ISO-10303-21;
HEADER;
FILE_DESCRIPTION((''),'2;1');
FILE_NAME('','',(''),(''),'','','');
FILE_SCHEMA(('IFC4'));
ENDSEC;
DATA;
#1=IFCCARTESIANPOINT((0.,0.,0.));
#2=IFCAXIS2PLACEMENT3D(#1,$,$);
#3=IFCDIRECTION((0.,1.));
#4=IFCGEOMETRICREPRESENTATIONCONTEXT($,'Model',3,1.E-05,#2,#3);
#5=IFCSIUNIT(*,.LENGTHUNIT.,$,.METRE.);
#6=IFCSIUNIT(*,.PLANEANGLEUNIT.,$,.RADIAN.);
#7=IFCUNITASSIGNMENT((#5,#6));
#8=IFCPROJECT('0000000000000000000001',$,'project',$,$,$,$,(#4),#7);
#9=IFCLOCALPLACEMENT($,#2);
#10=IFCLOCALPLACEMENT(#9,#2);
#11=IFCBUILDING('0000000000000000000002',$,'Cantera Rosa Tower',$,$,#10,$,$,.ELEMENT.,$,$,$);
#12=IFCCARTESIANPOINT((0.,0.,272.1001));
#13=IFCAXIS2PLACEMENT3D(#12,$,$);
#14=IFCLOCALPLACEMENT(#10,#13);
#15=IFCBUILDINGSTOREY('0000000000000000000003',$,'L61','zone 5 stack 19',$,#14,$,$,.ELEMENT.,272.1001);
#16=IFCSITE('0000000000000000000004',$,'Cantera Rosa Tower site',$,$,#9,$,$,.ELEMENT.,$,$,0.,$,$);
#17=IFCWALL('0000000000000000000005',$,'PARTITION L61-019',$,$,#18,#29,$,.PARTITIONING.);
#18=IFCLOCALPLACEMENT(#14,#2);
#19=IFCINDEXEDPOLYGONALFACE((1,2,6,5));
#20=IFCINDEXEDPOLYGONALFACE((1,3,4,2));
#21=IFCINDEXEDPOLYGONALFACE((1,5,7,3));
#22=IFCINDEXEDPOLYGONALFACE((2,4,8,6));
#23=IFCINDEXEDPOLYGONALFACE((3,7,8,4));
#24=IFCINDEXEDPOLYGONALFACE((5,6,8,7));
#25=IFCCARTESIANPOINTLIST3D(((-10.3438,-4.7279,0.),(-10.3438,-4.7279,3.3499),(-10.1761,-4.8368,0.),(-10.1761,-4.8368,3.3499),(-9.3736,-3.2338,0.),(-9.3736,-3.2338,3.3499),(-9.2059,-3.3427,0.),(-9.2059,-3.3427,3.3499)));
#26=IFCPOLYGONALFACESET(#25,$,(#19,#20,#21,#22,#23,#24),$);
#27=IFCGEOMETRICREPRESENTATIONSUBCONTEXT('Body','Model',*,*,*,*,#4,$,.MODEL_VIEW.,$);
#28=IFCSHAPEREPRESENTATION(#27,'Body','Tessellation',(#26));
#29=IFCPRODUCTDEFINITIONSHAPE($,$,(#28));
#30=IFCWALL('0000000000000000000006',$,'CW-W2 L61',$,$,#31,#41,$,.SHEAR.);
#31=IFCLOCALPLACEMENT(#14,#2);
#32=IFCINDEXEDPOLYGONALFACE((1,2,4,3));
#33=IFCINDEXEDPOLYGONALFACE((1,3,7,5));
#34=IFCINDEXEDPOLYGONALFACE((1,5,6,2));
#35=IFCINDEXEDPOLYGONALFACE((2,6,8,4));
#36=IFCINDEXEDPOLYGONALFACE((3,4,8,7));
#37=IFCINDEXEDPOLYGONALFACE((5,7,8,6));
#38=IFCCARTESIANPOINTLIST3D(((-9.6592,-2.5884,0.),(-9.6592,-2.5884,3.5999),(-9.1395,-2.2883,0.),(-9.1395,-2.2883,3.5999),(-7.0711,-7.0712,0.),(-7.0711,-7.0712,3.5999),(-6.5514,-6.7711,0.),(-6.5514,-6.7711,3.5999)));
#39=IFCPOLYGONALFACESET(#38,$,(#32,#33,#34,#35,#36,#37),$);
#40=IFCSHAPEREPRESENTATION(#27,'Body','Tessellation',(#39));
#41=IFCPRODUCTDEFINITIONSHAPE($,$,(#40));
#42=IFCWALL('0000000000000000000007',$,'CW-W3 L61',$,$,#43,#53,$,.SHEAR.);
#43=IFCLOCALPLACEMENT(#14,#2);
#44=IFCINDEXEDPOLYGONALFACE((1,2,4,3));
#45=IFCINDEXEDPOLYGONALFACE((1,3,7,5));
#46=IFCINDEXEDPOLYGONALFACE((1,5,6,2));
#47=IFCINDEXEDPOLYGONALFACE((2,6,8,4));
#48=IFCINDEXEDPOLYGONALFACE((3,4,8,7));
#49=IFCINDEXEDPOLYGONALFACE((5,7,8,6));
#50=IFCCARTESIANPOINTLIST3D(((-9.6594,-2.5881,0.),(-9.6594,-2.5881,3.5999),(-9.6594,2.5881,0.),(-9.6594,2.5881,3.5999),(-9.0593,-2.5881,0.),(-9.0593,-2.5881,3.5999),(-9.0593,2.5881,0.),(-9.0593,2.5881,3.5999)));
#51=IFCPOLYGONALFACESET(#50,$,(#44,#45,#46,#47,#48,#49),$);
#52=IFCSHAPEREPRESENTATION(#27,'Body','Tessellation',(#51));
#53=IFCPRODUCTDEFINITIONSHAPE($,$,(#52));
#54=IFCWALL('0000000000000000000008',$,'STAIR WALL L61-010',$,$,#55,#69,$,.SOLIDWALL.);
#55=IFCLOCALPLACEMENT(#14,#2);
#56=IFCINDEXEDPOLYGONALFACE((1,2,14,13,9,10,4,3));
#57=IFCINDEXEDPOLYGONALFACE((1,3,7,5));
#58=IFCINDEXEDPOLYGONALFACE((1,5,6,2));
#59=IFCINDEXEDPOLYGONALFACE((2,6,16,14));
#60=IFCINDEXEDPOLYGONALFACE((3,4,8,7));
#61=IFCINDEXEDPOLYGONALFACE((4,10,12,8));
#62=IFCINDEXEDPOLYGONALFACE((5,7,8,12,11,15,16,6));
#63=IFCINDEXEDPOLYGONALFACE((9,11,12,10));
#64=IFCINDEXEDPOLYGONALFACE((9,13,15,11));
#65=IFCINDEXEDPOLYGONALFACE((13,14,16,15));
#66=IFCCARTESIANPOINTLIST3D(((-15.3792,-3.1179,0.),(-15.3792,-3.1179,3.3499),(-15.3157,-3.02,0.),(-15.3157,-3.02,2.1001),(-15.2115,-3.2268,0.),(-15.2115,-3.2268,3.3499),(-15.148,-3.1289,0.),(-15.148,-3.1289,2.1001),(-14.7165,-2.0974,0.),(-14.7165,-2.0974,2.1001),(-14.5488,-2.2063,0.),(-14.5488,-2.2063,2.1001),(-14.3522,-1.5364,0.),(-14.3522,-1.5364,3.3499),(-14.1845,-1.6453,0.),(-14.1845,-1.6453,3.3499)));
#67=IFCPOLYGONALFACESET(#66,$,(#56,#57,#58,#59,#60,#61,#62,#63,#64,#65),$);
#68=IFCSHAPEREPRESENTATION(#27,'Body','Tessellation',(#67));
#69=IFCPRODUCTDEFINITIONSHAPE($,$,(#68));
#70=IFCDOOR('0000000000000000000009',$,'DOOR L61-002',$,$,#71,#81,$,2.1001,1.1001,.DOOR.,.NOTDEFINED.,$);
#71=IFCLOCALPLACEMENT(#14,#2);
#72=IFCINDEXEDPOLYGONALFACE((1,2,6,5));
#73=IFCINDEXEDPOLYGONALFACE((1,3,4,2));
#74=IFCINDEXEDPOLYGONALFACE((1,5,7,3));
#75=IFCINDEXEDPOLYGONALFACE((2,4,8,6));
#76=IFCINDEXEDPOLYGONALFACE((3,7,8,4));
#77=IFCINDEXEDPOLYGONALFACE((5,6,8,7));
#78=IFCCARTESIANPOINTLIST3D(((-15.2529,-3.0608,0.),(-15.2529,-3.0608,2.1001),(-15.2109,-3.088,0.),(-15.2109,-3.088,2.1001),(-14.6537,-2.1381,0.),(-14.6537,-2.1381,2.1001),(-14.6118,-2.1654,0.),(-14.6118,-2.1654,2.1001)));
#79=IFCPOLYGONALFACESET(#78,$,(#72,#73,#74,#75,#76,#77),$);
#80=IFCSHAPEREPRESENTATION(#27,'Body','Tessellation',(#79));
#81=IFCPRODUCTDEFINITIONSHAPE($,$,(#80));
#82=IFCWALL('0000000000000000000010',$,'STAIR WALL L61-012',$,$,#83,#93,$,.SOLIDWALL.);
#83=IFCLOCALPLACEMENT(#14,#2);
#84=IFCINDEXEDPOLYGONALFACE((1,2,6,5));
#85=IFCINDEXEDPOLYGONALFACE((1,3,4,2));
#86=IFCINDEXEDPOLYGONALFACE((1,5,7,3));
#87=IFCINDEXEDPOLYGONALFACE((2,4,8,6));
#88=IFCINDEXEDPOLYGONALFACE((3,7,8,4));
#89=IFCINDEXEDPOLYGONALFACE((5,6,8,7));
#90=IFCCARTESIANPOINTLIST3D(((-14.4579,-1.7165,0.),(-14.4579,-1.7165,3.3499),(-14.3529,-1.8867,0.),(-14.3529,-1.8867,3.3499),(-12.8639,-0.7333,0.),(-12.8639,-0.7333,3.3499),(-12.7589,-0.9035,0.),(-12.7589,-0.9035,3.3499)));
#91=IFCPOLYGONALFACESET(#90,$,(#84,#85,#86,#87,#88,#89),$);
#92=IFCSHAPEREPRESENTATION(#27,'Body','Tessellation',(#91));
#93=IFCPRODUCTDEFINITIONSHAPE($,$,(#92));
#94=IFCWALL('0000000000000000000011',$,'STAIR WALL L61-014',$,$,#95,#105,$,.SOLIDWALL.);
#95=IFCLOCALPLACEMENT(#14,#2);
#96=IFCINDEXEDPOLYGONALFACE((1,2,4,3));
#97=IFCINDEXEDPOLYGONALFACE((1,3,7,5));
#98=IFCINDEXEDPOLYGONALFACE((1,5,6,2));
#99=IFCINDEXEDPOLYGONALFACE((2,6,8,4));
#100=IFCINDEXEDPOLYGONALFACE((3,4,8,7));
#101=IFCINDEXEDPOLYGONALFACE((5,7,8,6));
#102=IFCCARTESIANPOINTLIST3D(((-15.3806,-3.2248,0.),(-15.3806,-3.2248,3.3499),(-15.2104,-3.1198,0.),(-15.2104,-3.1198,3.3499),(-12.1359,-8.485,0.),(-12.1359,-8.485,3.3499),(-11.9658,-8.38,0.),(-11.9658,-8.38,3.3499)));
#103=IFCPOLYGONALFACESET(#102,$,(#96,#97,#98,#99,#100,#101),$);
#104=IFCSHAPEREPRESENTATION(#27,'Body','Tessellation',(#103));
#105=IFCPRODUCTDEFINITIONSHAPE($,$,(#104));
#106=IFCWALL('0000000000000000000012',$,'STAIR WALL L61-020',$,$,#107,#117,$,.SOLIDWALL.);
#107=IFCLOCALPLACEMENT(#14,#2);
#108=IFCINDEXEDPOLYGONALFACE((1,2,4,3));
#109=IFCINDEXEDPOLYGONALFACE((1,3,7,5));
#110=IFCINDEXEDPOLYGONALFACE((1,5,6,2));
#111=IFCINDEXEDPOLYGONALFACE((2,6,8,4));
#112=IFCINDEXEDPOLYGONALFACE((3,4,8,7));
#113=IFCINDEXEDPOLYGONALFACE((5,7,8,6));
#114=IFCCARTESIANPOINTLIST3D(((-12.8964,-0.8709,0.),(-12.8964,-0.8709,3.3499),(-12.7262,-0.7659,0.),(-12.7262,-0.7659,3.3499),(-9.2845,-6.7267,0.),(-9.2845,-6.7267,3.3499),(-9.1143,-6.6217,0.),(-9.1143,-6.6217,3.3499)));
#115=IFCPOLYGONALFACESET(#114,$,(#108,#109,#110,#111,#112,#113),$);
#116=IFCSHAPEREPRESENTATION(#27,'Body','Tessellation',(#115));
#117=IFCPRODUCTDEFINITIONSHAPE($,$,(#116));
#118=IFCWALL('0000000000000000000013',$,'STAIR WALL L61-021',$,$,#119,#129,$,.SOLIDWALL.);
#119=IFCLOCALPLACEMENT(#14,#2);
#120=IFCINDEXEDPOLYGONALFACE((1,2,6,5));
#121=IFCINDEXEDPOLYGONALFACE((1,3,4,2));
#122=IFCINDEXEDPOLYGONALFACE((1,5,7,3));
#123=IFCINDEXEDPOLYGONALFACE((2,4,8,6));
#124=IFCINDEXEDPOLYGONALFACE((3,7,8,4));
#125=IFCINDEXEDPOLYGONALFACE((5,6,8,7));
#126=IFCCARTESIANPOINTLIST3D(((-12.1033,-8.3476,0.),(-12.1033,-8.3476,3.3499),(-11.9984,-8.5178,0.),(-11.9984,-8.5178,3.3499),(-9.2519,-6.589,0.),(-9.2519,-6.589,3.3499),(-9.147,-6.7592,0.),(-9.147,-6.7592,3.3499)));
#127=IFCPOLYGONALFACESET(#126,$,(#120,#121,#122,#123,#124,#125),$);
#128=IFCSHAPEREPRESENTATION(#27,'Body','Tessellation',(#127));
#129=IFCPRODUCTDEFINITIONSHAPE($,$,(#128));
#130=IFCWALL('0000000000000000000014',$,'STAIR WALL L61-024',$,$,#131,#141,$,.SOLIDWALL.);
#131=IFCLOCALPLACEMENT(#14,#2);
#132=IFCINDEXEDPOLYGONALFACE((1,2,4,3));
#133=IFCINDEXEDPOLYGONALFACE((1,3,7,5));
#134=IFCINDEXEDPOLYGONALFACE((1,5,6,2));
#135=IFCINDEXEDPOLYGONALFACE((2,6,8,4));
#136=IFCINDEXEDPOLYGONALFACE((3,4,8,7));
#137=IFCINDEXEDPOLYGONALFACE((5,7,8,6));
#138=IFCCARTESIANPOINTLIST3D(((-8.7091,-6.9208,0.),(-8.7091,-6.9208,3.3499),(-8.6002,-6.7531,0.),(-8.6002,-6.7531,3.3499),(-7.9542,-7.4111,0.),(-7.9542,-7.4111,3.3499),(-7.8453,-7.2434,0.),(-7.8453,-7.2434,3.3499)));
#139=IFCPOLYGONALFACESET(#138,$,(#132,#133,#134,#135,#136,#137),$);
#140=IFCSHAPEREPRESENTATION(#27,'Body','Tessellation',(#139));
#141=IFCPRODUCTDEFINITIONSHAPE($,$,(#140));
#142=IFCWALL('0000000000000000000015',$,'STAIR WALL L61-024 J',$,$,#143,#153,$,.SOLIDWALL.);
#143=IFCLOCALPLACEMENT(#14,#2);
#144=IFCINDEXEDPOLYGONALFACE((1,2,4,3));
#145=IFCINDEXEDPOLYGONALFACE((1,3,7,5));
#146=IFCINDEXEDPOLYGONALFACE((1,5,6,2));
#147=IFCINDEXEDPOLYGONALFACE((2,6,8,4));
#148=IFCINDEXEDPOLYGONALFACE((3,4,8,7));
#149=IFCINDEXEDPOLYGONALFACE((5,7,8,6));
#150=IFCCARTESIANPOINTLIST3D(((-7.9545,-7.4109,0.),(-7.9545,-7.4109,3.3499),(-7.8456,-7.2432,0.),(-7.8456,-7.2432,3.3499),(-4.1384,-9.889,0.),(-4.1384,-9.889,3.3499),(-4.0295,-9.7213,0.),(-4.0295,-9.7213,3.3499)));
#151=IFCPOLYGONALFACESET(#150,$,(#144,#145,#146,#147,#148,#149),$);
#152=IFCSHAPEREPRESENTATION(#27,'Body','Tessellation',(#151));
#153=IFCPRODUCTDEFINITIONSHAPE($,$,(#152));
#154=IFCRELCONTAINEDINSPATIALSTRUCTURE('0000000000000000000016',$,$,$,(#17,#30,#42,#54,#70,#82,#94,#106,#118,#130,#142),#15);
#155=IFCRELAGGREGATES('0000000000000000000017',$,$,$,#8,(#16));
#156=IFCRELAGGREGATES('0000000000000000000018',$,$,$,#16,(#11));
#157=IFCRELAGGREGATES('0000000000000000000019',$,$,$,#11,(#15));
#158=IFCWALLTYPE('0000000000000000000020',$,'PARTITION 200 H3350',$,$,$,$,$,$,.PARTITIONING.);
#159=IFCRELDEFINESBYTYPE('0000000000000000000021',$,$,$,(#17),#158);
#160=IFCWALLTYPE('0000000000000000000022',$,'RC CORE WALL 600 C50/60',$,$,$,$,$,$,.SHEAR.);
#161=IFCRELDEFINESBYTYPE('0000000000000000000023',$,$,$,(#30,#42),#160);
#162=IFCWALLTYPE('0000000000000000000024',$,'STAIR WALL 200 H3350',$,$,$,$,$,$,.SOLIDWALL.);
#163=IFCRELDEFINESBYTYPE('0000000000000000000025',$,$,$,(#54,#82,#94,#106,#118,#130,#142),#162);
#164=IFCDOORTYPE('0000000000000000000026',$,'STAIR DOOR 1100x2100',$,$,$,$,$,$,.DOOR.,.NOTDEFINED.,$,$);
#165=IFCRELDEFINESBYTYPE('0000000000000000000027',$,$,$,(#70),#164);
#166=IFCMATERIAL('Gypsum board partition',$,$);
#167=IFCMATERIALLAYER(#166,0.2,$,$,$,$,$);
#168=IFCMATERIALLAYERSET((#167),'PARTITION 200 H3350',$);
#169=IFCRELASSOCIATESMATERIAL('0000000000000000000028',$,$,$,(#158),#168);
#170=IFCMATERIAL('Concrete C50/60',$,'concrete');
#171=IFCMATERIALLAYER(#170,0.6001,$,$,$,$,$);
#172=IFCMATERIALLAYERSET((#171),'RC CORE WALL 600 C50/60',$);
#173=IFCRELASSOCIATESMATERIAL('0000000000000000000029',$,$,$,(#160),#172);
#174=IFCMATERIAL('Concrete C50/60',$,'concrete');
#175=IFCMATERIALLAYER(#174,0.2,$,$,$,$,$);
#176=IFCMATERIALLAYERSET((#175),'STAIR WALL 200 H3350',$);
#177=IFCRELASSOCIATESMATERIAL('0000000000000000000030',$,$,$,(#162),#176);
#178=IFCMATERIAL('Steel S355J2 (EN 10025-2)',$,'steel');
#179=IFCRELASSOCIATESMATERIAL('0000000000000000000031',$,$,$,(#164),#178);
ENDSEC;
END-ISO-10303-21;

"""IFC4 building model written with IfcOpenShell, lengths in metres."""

from ifc_helpers import new_model, si_unit, direction, frame, frame_2d, origin, place, context, subcontext, project, spatial, rectangle, extrude, material, layer, layer_set, type_object, element, fill, save


model = new_model("IFC4")

# Units and contexts
model_context = context("Model", 3, precision=1e-05, world=origin(), true_north=direction((0.0, 1.0)))
body_context = subcontext(model_context, "Body", "Model", "MODEL_VIEW")
ifc_project = project(units=[si_unit("LENGTHUNIT", "METRE"), si_unit("PLANEANGLEUNIT", "RADIAN")], contexts=[model_context])

# Site, building, storey
site_placement = place(None, origin())
site = spatial("IfcSite", under=ifc_project, at=site_placement, Name="Cantera Rosa Tower site", CompositionType="ELEMENT", RefElevation=0.0)
building_placement = place(site_placement, origin())
building = spatial("IfcBuilding", under=site, at=building_placement, Name="Cantera Rosa Tower", CompositionType="ELEMENT")
storey_placement = place(building_placement, frame((0.0, 0.0, 272.1001)))
storey = spatial("IfcBuildingStorey", under=building, at=storey_placement, Name="L61", Description="zone 5 stack 19", CompositionType="ELEMENT", Elevation=272.1001)

# Walls
ifc_material_1 = material(Name="Gypsum board partition")
ifc_layer_1 = layer(ifc_material_1, 0.2)
ifc_layer_set_1 = layer_set([ifc_layer_1], Name="PARTITION 200 H3350")
wall_type_1 = type_object("IfcWallType", Name="PARTITION 200 H3350", PredefinedType="PARTITIONING", material=ifc_layer_set_1)
wall_1_placement = place(storey_placement, frame((-9.2898, -3.2883, 0.0), z_axis=(0.0, 0.0, 1.0), x_axis=(-0.544603, -0.838694, 0.0)))
element("IfcWall", 1, at=wall_1_placement, inside=storey, type_object=wall_type_1, Name="PARTITION L61-019", PredefinedType="PARTITIONING", context=body_context, shape_type="SweptSolid", body=[
    extrude(rectangle(XDim=1.7815, YDim=0.2, at=frame_2d((0.8906, 0.0))), origin(), (0.0, 0.0, 1.0), 3.3499),
])
ifc_material_2 = material(Name="Concrete C50/60", Category="concrete")
ifc_layer_2 = layer(ifc_material_2, 0.6001)
ifc_layer_set_2 = layer_set([ifc_layer_2], Name="RC CORE WALL 600 C50/60")
wall_type_2 = type_object("IfcWallType", Name="RC CORE WALL 600 C50/60", PredefinedType="SHEAR", material=ifc_layer_set_2)
for number, where, z_axis, x_axis, name in (
    (2, (-6.8113, -6.9211, 0.0), (0.0, 0.0, 1.0), (-0.499989, 0.866032, 0.0), "CW-W2 L61"),
    (3, (-9.3594, -2.5881, 0.0), (0.0, 0.0, 1.0), (0.0, 1.0, 0.0), "CW-W3 L61"),
):
    element("IfcWall", number, at=place(storey_placement, frame(where, z_axis=z_axis, x_axis=x_axis)), inside=storey, type_object=wall_type_2, Name=name, PredefinedType="SHEAR", context=body_context, shape_type="SweptSolid", body=[
        extrude(rectangle(XDim=5.1763, YDim=0.6001, at=frame_2d((2.5881, 0.0))), origin(), (0.0, 0.0, 1.0), 3.5999),
    ])

# Wall, opening, door
ifc_material_3 = material(Name="Concrete C50/60", Category="concrete")
ifc_layer_3 = layer(ifc_material_3, 0.2)
ifc_layer_set_3 = layer_set([ifc_layer_3], Name="STAIR WALL 200 H3350")
wall_type_3 = type_object("IfcWallType", Name="STAIR WALL 200 H3350", PredefinedType="SOLIDWALL", material=ifc_layer_set_3)
wall_2_placement = place(storey_placement, frame((-14.2683, -1.5908, 0.0), z_axis=(0.0, 0.0, 1.0), x_axis=(-0.544652, -0.838662, 0.0)))
wall_2 = element("IfcWall", 4, at=wall_2_placement, inside=storey, type_object=wall_type_3, Name="STAIR WALL L61-010", PredefinedType="SOLIDWALL", context=body_context, shape_type="SweptSolid", body=[
    extrude(rectangle(XDim=1.8857, YDim=0.2, at=frame_2d((0.9429, 0.0))), origin(), (0.0, 0.0, 1.0), 3.3499),
])
opening_placement = place(wall_2_placement, frame((0.6689, 0.0, 0.0)))
opening = element("IfcOpeningElement", 5, at=opening_placement, cuts=wall_2, PredefinedType="OPENING", context=body_context, shape_type="SweptSolid", body=[
    extrude(rectangle(XDim=1.1001, YDim=2.1001, at=frame_2d((0.55, 1.05))), frame((0.0, 0.1099, 0.0), z_axis=(0.0, -1.0, 0.0), x_axis=(1.0, 0.0, 0.0)), (0.0, 0.0, 1.0), 0.22),
])
ifc_material_4 = material(Name="Steel S355J2 (EN 10025-2)", Category="steel")
door_type = type_object("IfcDoorType", Name="STAIR DOOR 1100x2100", OperationType="NOTDEFINED", PredefinedType="DOOR", material=ifc_material_4)
door_placement = place(opening_placement, origin())
door = element("IfcDoor", 6, at=door_placement, inside=storey, type_object=door_type, Name="DOOR L61-002", OperationType="NOTDEFINED", OverallHeight=2.1001, OverallWidth=1.1001, PredefinedType="DOOR", context=body_context, shape_type="SweptSolid", body=[
    extrude(rectangle(XDim=1.1001, YDim=2.1001, at=frame_2d((0.55, 1.05))), frame((0.0, 0.0249, 0.0), z_axis=(0.0, -1.0, 0.0), x_axis=(1.0, 0.0, 0.0)), (0.0, 0.0, 1.0), 0.05),
])
fill(opening, door)

# Walls
wall_3_placement = place(storey_placement, frame((-12.8113, -0.8184, 0.0), z_axis=(0.0, 0.0, 1.0), x_axis=(-0.851125, -0.524963, 0.0)))
element("IfcWall", 7, at=wall_3_placement, inside=storey, type_object=wall_type_3, Name="STAIR WALL L61-012", PredefinedType="SOLIDWALL", context=body_context, shape_type="SweptSolid", body=[
    extrude(rectangle(XDim=1.8728, YDim=0.2, at=frame_2d((0.9365, 0.0))), origin(), (0.0, 0.0, 1.0), 3.3499),
])
wall_4_placement = place(storey_placement, frame((-12.0508, -8.4326, 0.0), z_axis=(0.0, 0.0, 1.0), x_axis=(-0.524983, 0.851113, 0.0)))
element("IfcWall", 8, at=wall_4_placement, inside=storey, type_object=wall_type_3, Name="STAIR WALL L61-014", PredefinedType="SOLIDWALL", context=body_context, shape_type="SweptSolid", body=[
    extrude(rectangle(XDim=6.1804, YDim=0.2, at=frame_2d((3.0903, 0.0))), origin(), (0.0, 0.0, 1.0), 3.3499),
])
wall_5_placement = place(storey_placement, frame((-9.1995, -6.6741, 0.0), z_axis=(0.0, 0.0, 1.0), x_axis=(-0.524972, 0.851119, 0.0)))
element("IfcWall", 9, at=wall_5_placement, inside=storey, type_object=wall_type_3, Name="STAIR WALL L61-020", PredefinedType="SOLIDWALL", context=body_context, shape_type="SweptSolid", body=[
    extrude(rectangle(XDim=6.8801, YDim=0.2, at=frame_2d((3.4399, 0.0))), origin(), (0.0, 0.0, 1.0), 3.3499),
])
wall_6_placement = place(storey_placement, frame((-9.1995, -6.6741, 0.0), z_axis=(0.0, 0.0, 1.0), x_axis=(-0.85114, -0.524939, 0.0)))
element("IfcWall", 10, at=wall_6_placement, inside=storey, type_object=wall_type_3, Name="STAIR WALL L61-021", PredefinedType="SOLIDWALL", context=body_context, shape_type="SweptSolid", body=[
    extrude(rectangle(XDim=3.3501, YDim=0.2, at=frame_2d((1.675, 0.0))), origin(), (0.0, 0.0, 1.0), 3.3499),
])
wall_7_placement = place(storey_placement, frame((-8.6548, -6.8369, 0.0), z_axis=(0.0, 0.0, 1.0), x_axis=(0.838667, -0.544645, 0.0)))
element("IfcWall", 11, at=wall_7_placement, inside=storey, type_object=wall_type_3, Name="STAIR WALL L61-024", PredefinedType="SOLIDWALL", context=body_context, shape_type="SweptSolid", body=[
    extrude(rectangle(XDim=0.9001, YDim=0.2, at=frame_2d((0.4502, 0.0))), origin(), (0.0, 0.0, 1.0), 3.3499),
])
wall_8_placement = place(storey_placement, frame((-7.8999, -7.3271, 0.0), z_axis=(0.0, 0.0, 1.0), x_axis=(0.838676, -0.54463, 0.0)))
element("IfcWall", 12, at=wall_8_placement, inside=storey, type_object=wall_type_3, Name="STAIR WALL L61-024 J", PredefinedType="SOLIDWALL", context=body_context, shape_type="SweptSolid", body=[
    extrude(rectangle(XDim=4.55, YDim=0.2, at=frame_2d((2.2749, 0.0))), origin(), (0.0, 0.0, 1.0), 3.3499),
])

save(model, "model.ifc")
